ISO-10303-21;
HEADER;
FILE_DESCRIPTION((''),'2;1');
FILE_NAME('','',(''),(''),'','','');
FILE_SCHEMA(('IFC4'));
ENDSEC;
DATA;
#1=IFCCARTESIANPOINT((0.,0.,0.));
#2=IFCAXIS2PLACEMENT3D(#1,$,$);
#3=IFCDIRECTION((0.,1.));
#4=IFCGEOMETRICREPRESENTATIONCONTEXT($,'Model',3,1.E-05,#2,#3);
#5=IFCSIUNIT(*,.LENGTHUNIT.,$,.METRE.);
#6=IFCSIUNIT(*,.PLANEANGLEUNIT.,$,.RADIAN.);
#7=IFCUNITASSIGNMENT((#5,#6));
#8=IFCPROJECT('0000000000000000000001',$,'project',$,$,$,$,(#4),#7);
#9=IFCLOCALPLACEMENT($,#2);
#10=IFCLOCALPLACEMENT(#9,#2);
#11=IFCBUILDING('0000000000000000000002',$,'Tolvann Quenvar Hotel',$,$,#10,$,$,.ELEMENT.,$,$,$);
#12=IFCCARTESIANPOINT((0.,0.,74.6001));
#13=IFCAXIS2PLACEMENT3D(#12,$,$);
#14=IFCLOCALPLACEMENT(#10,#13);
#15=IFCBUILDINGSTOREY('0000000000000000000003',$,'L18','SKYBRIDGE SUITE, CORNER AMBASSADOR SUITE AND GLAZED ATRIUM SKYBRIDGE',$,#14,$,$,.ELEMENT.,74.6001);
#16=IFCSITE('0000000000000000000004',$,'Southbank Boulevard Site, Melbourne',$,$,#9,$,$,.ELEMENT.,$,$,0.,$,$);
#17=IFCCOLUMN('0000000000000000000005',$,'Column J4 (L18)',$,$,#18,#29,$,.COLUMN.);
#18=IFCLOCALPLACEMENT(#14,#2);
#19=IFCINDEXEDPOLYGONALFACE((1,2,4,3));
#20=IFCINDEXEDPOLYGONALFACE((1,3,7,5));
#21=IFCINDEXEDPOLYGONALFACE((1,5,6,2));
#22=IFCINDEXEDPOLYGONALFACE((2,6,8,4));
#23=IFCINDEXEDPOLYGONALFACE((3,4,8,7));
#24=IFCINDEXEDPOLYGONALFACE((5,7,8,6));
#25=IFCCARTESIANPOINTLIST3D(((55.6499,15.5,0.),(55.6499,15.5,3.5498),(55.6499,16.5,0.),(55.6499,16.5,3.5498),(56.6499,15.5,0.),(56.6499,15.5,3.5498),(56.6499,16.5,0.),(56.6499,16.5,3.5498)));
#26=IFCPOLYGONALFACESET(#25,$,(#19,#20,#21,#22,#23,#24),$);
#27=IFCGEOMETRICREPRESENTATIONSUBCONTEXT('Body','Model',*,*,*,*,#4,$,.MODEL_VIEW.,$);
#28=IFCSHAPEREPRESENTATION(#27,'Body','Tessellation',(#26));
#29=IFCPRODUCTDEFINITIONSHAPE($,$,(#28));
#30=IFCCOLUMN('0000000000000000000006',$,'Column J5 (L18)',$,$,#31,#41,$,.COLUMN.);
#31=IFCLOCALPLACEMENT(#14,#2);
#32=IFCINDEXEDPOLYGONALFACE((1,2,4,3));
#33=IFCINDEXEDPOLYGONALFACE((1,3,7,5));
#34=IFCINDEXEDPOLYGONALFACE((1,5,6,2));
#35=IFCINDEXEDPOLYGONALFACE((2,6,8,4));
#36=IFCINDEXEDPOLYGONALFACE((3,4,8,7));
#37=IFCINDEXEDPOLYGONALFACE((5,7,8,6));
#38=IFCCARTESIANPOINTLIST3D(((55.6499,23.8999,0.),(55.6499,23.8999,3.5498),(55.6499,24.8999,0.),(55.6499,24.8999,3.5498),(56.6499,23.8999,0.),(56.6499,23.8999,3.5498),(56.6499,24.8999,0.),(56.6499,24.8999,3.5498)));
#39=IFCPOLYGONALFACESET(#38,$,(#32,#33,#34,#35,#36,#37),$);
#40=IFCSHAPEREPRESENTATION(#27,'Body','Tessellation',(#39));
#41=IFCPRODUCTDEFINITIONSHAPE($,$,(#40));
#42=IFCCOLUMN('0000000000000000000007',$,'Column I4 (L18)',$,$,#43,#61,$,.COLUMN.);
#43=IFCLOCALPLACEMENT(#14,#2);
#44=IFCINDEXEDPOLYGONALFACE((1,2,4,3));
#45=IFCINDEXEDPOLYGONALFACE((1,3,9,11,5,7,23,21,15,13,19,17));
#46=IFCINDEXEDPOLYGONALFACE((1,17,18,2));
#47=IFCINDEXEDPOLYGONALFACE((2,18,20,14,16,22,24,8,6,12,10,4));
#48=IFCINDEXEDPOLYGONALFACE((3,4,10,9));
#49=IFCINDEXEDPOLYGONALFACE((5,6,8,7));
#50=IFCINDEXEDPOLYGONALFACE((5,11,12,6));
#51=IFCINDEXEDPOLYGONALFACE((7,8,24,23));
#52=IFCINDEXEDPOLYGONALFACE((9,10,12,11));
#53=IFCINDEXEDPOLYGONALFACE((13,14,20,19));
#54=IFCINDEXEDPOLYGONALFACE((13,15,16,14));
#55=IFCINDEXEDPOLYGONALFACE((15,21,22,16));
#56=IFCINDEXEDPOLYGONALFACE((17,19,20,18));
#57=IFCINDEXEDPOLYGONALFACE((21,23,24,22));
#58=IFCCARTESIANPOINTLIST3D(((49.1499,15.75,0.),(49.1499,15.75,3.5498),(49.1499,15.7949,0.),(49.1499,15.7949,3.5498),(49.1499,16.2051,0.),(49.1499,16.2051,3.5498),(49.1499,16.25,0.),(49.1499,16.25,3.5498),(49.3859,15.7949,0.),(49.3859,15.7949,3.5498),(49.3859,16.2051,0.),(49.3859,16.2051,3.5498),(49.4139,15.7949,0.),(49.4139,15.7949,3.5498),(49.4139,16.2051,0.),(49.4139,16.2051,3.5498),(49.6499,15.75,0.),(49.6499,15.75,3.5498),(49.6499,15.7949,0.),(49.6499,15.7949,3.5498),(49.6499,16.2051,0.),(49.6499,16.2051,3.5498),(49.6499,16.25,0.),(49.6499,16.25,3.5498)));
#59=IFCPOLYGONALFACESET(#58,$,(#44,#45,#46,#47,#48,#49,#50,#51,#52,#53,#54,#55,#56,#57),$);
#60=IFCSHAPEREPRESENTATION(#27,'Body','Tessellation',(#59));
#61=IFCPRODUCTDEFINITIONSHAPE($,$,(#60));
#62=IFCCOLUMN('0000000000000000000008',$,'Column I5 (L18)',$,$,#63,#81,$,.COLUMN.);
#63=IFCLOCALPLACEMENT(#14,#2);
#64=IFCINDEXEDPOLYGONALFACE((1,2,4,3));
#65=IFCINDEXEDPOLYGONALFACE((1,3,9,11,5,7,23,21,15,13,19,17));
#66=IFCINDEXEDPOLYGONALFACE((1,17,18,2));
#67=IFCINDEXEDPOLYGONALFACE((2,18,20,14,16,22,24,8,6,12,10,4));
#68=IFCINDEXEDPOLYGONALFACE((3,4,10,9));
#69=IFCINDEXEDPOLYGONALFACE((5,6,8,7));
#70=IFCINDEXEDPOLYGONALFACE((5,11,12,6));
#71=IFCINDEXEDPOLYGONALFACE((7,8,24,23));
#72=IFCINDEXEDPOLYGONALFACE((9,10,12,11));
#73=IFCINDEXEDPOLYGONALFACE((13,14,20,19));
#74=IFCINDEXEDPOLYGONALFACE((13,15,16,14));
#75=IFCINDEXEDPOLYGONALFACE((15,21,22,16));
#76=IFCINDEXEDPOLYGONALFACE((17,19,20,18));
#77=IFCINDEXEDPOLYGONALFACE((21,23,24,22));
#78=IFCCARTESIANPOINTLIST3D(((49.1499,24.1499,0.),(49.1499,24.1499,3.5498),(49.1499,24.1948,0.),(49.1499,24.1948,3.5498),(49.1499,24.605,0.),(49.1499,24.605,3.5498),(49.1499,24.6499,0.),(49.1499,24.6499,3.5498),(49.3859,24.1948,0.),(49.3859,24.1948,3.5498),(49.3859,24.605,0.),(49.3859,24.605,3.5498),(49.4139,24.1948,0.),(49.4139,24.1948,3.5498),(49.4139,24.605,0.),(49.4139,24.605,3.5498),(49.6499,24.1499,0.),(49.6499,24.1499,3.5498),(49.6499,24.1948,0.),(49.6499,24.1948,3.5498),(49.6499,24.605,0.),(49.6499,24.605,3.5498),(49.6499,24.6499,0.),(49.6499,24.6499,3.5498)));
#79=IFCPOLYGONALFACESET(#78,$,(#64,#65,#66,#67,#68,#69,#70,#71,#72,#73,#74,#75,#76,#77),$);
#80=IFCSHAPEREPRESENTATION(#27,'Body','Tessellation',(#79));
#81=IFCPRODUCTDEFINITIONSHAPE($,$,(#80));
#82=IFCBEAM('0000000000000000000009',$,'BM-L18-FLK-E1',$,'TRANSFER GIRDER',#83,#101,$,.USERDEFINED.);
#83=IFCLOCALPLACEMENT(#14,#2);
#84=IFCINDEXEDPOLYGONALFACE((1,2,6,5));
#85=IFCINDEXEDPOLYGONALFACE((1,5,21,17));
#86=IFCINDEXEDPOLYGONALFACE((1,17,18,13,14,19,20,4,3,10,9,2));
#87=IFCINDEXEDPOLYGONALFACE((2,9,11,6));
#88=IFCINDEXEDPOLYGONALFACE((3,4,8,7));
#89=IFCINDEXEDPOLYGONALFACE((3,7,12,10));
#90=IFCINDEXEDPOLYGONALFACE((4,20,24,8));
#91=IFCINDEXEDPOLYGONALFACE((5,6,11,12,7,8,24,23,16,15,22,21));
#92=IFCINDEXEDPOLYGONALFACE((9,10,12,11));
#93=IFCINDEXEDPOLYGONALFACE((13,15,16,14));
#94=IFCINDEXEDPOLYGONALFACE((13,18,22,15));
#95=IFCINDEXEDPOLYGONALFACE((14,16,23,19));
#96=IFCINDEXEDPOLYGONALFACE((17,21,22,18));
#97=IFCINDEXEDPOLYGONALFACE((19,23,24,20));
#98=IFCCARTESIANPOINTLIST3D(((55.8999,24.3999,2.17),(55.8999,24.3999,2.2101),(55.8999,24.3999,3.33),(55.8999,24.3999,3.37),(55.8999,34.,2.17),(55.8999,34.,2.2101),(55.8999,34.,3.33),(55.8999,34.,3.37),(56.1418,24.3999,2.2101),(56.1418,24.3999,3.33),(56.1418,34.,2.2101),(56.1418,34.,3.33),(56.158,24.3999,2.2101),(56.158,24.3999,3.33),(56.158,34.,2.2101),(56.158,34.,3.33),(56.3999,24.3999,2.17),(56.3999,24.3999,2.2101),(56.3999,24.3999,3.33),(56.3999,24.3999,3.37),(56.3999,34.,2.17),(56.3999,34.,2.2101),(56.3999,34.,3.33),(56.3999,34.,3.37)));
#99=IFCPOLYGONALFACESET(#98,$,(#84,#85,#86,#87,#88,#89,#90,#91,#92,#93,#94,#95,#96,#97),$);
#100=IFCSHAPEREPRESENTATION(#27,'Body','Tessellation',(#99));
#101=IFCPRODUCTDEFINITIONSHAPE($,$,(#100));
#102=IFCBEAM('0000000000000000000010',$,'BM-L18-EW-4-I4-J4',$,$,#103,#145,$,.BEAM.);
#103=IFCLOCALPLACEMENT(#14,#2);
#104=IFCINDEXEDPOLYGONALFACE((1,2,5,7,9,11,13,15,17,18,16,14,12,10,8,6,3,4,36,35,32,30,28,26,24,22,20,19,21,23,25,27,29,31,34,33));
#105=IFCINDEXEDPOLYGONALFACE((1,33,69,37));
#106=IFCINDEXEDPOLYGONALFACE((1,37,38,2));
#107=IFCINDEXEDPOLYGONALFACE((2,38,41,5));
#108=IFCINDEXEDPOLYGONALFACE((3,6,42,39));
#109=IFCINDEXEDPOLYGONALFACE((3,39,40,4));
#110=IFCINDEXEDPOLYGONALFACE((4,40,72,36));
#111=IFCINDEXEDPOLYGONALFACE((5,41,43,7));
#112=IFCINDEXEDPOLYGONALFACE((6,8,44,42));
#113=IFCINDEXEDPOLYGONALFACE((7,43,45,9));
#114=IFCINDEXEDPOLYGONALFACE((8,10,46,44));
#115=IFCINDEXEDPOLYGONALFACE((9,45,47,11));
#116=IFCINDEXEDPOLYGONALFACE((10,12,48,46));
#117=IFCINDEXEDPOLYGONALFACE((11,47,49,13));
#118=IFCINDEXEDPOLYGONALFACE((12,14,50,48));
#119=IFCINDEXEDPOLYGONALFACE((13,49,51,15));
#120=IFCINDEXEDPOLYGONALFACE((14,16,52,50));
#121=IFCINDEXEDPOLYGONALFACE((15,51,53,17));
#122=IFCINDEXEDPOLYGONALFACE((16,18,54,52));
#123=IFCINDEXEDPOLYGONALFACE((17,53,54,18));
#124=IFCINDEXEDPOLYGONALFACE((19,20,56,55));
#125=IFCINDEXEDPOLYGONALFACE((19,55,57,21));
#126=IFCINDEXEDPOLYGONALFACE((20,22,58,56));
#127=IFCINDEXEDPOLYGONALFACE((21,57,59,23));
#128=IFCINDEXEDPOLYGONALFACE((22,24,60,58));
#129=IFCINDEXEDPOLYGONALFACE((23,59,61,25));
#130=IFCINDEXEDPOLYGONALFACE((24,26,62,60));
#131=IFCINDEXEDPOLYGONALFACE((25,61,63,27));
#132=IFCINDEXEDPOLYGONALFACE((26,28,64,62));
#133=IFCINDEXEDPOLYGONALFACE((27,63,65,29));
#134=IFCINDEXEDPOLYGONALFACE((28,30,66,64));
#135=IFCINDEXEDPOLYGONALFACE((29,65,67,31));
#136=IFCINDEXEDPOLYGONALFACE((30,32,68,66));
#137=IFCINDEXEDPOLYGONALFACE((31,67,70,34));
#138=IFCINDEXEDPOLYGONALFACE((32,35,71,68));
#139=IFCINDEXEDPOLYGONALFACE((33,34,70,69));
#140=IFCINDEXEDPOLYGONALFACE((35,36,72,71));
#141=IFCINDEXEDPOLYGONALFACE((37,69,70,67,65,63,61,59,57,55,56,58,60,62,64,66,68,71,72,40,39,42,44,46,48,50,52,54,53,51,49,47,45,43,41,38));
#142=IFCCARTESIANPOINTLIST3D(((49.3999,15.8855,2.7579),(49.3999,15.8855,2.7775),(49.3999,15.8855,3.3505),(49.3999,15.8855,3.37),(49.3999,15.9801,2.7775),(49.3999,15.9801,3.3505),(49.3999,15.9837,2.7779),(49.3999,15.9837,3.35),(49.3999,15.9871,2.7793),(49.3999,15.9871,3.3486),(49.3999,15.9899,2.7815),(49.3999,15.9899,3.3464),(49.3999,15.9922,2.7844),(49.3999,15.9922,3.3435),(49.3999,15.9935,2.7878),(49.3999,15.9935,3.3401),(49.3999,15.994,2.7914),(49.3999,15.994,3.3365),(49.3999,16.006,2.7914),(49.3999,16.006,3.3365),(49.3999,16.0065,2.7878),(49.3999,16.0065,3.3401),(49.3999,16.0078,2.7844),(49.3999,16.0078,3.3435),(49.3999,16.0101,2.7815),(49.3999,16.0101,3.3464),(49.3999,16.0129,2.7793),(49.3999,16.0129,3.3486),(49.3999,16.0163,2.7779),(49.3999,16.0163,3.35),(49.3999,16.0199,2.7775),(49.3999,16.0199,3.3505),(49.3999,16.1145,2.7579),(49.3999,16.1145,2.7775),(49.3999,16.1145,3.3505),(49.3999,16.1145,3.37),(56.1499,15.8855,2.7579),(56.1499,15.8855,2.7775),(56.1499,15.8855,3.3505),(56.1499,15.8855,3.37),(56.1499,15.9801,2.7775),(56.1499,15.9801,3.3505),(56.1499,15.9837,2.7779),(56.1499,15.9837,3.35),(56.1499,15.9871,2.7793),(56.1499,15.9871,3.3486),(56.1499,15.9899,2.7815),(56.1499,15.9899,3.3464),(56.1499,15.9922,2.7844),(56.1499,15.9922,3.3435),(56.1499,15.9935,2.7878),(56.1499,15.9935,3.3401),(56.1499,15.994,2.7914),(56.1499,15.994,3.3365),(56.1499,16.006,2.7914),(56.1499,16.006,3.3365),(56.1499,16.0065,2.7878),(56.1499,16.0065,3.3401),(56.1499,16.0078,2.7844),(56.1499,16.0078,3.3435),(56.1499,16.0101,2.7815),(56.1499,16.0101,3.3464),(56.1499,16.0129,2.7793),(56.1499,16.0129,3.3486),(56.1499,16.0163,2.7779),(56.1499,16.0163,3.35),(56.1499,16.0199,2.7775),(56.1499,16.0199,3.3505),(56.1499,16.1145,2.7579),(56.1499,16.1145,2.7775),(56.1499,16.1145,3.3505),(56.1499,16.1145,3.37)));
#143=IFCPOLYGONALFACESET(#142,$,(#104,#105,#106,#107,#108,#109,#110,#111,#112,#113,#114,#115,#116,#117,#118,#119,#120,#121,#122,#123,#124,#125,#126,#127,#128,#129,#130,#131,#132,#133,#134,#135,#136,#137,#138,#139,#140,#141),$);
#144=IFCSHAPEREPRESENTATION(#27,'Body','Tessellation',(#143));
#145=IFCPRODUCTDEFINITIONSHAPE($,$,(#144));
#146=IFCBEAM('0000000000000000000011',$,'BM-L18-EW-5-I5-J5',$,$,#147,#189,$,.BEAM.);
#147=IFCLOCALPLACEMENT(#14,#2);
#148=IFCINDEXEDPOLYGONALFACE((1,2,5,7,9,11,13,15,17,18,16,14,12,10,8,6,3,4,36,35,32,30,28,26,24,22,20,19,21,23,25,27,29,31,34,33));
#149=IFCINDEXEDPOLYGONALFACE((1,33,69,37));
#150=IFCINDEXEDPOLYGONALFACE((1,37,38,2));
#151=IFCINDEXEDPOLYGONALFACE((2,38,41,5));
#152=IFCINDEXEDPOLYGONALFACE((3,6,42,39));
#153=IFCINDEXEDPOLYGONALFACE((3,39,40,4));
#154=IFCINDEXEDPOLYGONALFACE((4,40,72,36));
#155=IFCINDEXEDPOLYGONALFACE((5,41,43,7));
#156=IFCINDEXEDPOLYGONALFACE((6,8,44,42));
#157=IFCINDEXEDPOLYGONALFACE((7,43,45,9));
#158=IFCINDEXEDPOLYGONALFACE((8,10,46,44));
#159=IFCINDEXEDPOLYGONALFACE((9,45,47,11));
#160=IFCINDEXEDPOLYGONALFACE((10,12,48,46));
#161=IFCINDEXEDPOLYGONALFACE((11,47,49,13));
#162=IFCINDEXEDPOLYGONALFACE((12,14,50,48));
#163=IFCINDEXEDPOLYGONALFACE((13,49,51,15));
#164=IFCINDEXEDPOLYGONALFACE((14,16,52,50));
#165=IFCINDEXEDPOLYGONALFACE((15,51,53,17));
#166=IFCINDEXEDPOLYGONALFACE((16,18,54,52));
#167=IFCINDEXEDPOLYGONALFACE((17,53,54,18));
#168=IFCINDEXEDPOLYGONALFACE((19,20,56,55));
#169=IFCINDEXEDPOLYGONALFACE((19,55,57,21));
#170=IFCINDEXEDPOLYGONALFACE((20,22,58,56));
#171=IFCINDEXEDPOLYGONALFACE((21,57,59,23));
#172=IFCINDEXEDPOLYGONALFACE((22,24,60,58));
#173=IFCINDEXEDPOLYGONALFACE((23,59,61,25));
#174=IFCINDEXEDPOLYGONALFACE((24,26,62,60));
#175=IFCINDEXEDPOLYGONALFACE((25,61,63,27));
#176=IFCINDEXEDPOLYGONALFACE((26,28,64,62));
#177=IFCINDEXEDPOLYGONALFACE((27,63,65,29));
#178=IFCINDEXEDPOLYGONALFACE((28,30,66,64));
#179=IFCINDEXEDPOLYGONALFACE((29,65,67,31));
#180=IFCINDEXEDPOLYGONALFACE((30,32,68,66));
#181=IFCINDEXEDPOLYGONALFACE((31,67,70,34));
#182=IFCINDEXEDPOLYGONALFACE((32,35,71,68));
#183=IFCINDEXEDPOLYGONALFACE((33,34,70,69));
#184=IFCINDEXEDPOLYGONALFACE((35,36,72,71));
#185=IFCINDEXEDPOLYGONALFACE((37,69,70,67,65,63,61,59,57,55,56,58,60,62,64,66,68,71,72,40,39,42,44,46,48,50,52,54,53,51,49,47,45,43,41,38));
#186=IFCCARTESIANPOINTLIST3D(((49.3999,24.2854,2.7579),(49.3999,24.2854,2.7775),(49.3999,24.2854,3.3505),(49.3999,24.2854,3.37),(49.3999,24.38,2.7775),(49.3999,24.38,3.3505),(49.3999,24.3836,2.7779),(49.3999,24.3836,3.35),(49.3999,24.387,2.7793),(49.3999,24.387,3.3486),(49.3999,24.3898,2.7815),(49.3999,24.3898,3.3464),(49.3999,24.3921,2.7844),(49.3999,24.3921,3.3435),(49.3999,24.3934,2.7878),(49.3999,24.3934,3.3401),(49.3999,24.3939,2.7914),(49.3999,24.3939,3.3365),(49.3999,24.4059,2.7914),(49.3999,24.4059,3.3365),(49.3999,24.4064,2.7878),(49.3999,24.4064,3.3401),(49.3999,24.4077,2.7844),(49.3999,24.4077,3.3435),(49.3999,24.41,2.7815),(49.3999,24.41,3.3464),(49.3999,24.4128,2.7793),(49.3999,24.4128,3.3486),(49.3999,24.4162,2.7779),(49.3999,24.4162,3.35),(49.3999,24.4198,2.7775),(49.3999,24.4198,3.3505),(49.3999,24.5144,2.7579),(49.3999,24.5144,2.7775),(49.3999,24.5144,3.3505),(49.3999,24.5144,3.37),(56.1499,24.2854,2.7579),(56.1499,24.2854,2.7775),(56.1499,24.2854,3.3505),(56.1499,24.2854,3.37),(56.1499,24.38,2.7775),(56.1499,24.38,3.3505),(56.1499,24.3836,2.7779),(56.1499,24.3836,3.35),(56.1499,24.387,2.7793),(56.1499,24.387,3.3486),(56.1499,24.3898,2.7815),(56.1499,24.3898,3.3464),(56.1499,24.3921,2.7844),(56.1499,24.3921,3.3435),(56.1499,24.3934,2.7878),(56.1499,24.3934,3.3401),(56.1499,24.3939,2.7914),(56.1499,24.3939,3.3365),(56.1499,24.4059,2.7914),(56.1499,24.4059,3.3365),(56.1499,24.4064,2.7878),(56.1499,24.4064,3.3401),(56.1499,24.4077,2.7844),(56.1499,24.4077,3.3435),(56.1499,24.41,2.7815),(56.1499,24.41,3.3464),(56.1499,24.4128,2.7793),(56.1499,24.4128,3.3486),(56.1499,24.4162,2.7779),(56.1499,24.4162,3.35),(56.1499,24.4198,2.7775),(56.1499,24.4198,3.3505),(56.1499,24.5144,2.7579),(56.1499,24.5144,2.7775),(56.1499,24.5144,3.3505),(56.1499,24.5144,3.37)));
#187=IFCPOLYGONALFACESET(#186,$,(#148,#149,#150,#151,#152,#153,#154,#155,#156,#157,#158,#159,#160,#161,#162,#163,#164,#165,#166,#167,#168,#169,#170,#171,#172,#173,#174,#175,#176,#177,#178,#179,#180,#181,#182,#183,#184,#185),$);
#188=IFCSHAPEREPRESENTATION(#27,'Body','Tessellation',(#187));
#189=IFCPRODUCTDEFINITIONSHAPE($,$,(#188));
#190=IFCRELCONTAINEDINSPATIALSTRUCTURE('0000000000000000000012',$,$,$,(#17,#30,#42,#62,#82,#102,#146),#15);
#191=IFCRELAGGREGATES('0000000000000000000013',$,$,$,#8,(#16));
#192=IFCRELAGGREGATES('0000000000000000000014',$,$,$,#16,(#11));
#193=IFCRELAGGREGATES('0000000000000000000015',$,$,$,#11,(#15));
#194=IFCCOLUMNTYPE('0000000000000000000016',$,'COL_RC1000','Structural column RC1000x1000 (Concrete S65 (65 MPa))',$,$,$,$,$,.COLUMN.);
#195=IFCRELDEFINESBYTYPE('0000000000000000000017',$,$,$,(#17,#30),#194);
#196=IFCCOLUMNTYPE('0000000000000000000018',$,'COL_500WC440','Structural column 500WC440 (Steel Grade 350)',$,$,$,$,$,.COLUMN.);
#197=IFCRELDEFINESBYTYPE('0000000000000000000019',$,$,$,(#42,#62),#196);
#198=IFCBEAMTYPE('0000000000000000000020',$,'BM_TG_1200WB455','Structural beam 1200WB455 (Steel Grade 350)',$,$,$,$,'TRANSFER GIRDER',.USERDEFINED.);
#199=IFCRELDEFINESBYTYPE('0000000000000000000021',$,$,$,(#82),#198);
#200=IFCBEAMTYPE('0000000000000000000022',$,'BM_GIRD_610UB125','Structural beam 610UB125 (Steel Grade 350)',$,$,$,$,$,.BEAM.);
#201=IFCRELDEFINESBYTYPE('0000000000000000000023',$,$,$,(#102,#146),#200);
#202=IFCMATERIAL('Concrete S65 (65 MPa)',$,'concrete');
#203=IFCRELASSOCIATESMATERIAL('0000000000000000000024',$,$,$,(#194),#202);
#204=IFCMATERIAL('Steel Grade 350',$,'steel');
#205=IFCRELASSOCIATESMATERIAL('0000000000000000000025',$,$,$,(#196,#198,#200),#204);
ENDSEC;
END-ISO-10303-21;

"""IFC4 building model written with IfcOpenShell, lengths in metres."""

from ifc_helpers import new_model, si_unit, direction, frame, origin, origin_2d, place, context, subcontext, project, spatial, rectangle, i_section, extrude, source, transform, mapped, material, material_profile, profile_set, type_object, type_shapes, element, save


model = new_model("IFC4")

# Units and contexts
model_context = context("Model", 3, precision=1e-05, world=origin(), true_north=direction((0.0, 1.0)))
body_context = subcontext(model_context, "Body", "Model", "MODEL_VIEW")
ifc_project = project(units=[si_unit("LENGTHUNIT", "METRE"), si_unit("PLANEANGLEUNIT", "RADIAN")], contexts=[model_context])

# Site, building, storey
site_placement = place(None, origin())
site = spatial("IfcSite", under=ifc_project, at=site_placement, Name="Southbank Boulevard Site, Melbourne", CompositionType="ELEMENT", RefElevation=0.0)
building_placement = place(site_placement, origin())
building = spatial("IfcBuilding", under=site, at=building_placement, Name="Tolvann Quenvar Hotel", CompositionType="ELEMENT")
storey_placement = place(building_placement, frame((0.0, 0.0, 74.6001)))
storey = spatial("IfcBuildingStorey", under=building, at=storey_placement, Name="L18", Description="SKYBRIDGE SUITE, CORNER AMBASSADOR SUITE AND GLAZED ATRIUM SKYBRIDGE", CompositionType="ELEMENT", Elevation=74.6001)

# Columns
ifc_material_1 = material(Name="Concrete S65 (65 MPa)", Category="concrete")
ifc_material_profile_1 = material_profile(ifc_material_1, rectangle(XDim=1.0, YDim=1.0, at=origin_2d()), Name="RC1000x1000")
ifc_profile_set_1 = profile_set([ifc_material_profile_1], Name="Concrete S65 (65 MPa)")
column_type_1 = type_object("IfcColumnType", Name="COL_RC1000", Description="Structural column RC1000x1000 (Concrete S65 (65 MPa))", PredefinedType="COLUMN", material=ifc_profile_set_1)
shared_shape_1 = source(origin(), body_context, "Body", "SweptSolid", [
    extrude(rectangle(XDim=1.0, YDim=1.0, at=origin_2d()), origin(), (0.0, 0.0, 1.0), 3.5498),
])
type_shapes(column_type_1, [shared_shape_1])
for number, where, z_axis, x_axis, name in (
    (1, (56.1499, 16.0, 0.0), (0.0, 0.0, 1.0), (1.0, 0.0, 0.0), "Column J4 (L18)"),
    (2, (56.1499, 24.3999, 0.0), (0.0, 0.0, 1.0), (1.0, 0.0, 0.0), "Column J5 (L18)"),
):
    element("IfcColumn", number, at=place(storey_placement, frame(where, z_axis=z_axis, x_axis=x_axis)), inside=storey, type_object=column_type_1, Name=name, PredefinedType="COLUMN", context=body_context, shape_type="MappedRepresentation", body=[
        mapped(shared_shape_1, transform((0.0, 0.0, 0.0), x_axis=(1.0, 0.0, 0.0), y_axis=(0.0, 1.0, 0.0), z_axis=(0.0, 0.0, 1.0), scale=1.0)),
    ])
ifc_material_2 = material(Name="Steel Grade 350", Category="steel")
ifc_material_profile_2 = material_profile(ifc_material_2, i_section(OverallWidth=0.5, OverallDepth=0.5, WebThickness=0.0281, FlangeThickness=0.0449, at=origin_2d()), Name="500WC440")
ifc_profile_set_2 = profile_set([ifc_material_profile_2], Name="Steel Grade 350")
column_type_2 = type_object("IfcColumnType", Name="COL_500WC440", Description="Structural column 500WC440 (Steel Grade 350)", PredefinedType="COLUMN", material=ifc_profile_set_2)
shared_shape_2 = source(origin(), body_context, "Body", "SweptSolid", [
    extrude(i_section(OverallWidth=0.5, OverallDepth=0.5, WebThickness=0.0281, FlangeThickness=0.0449, at=origin_2d()), origin(), (0.0, 0.0, 1.0), 3.5498),
])
type_shapes(column_type_2, [shared_shape_2])
for number, where, z_axis, x_axis, name in (
    (3, (49.3999, 16.0, 0.0), (0.0, 0.0, 1.0), (1.0, 0.0, 0.0), "Column I4 (L18)"),
    (4, (49.3999, 24.3999, 0.0), (0.0, 0.0, 1.0), (1.0, 0.0, 0.0), "Column I5 (L18)"),
):
    element("IfcColumn", number, at=place(storey_placement, frame(where, z_axis=z_axis, x_axis=x_axis)), inside=storey, type_object=column_type_2, Name=name, PredefinedType="COLUMN", context=body_context, shape_type="MappedRepresentation", body=[
        mapped(shared_shape_2, transform((0.0, 0.0, 0.0), x_axis=(1.0, 0.0, 0.0), y_axis=(0.0, 1.0, 0.0), z_axis=(0.0, 0.0, 1.0), scale=1.0)),
    ])

# Beams
ifc_material_profile_3 = material_profile(ifc_material_2, i_section(OverallWidth=0.5, OverallDepth=1.2, WebThickness=0.0161, FlangeThickness=0.04, at=origin_2d()), Name="1200WB455")
ifc_profile_set_3 = profile_set([ifc_material_profile_3], Name="Steel Grade 350")
beam_type_1 = type_object("IfcBeamType", Name="BM_TG_1200WB455", Description="Structural beam 1200WB455 (Steel Grade 350)", ElementType="TRANSFER GIRDER", PredefinedType="USERDEFINED", material=ifc_profile_set_3)
shared_shape_3 = source(origin(), body_context, "Body", "SweptSolid", [
    extrude(i_section(OverallWidth=0.5, OverallDepth=1.2, WebThickness=0.0161, FlangeThickness=0.04, at=origin_2d()), origin(), (0.0, 0.0, 1.0), 9.6001),
])
beam_1_placement = place(storey_placement, frame((56.1499, 24.3999, 2.77), z_axis=(0.0, 1.0, 0.0), x_axis=(-1.0, 0.0, 0.0)))
element("IfcBeam", 5, at=beam_1_placement, inside=storey, type_object=beam_type_1, Name="BM-L18-FLK-E1", ObjectType="TRANSFER GIRDER", PredefinedType="USERDEFINED", context=body_context, shape_type="MappedRepresentation", body=[
    mapped(shared_shape_3, transform((0.0, 0.0, 0.0), x_axis=(1.0, 0.0, 0.0), y_axis=(0.0, 1.0, 0.0), z_axis=(0.0, 0.0, 1.0), scale=1.0)),
])
ifc_material_profile_4 = material_profile(ifc_material_2, i_section(OverallWidth=0.229, OverallDepth=0.6121, WebThickness=0.012, FlangeThickness=0.0195, FilletRadius=0.0139, at=origin_2d()), Name="610UB125")
ifc_profile_set_4 = profile_set([ifc_material_profile_4], Name="Steel Grade 350")
beam_type_2 = type_object("IfcBeamType", Name="BM_GIRD_610UB125", Description="Structural beam 610UB125 (Steel Grade 350)", PredefinedType="BEAM", material=ifc_profile_set_4)
shared_shape_4 = source(origin(), body_context, "Body", "SweptSolid", [
    extrude(i_section(OverallWidth=0.229, OverallDepth=0.6121, WebThickness=0.012, FlangeThickness=0.0195, FilletRadius=0.0139, at=origin_2d()), origin(), (0.0, 0.0, 1.0), 6.75),
])
type_shapes(beam_type_2, [shared_shape_4])
for number, where, z_axis, x_axis, name in (
    (6, (49.3999, 16.0, 3.064), (1.0, 0.0, 0.0), (0.0, 1.0, 0.0), "BM-L18-EW-4-I4-J4"),
    (7, (49.3999, 24.3999, 3.064), (1.0, 0.0, 0.0), (0.0, 1.0, 0.0), "BM-L18-EW-5-I5-J5"),
):
    element("IfcBeam", number, at=place(storey_placement, frame(where, z_axis=z_axis, x_axis=x_axis)), inside=storey, type_object=beam_type_2, Name=name, PredefinedType="BEAM", context=body_context, shape_type="MappedRepresentation", body=[
        mapped(shared_shape_4, transform((0.0, 0.0, 0.0), x_axis=(1.0, 0.0, 0.0), y_axis=(0.0, 1.0, 0.0), z_axis=(0.0, 0.0, 1.0), scale=1.0)),
    ])

save(model, "model.ifc")
